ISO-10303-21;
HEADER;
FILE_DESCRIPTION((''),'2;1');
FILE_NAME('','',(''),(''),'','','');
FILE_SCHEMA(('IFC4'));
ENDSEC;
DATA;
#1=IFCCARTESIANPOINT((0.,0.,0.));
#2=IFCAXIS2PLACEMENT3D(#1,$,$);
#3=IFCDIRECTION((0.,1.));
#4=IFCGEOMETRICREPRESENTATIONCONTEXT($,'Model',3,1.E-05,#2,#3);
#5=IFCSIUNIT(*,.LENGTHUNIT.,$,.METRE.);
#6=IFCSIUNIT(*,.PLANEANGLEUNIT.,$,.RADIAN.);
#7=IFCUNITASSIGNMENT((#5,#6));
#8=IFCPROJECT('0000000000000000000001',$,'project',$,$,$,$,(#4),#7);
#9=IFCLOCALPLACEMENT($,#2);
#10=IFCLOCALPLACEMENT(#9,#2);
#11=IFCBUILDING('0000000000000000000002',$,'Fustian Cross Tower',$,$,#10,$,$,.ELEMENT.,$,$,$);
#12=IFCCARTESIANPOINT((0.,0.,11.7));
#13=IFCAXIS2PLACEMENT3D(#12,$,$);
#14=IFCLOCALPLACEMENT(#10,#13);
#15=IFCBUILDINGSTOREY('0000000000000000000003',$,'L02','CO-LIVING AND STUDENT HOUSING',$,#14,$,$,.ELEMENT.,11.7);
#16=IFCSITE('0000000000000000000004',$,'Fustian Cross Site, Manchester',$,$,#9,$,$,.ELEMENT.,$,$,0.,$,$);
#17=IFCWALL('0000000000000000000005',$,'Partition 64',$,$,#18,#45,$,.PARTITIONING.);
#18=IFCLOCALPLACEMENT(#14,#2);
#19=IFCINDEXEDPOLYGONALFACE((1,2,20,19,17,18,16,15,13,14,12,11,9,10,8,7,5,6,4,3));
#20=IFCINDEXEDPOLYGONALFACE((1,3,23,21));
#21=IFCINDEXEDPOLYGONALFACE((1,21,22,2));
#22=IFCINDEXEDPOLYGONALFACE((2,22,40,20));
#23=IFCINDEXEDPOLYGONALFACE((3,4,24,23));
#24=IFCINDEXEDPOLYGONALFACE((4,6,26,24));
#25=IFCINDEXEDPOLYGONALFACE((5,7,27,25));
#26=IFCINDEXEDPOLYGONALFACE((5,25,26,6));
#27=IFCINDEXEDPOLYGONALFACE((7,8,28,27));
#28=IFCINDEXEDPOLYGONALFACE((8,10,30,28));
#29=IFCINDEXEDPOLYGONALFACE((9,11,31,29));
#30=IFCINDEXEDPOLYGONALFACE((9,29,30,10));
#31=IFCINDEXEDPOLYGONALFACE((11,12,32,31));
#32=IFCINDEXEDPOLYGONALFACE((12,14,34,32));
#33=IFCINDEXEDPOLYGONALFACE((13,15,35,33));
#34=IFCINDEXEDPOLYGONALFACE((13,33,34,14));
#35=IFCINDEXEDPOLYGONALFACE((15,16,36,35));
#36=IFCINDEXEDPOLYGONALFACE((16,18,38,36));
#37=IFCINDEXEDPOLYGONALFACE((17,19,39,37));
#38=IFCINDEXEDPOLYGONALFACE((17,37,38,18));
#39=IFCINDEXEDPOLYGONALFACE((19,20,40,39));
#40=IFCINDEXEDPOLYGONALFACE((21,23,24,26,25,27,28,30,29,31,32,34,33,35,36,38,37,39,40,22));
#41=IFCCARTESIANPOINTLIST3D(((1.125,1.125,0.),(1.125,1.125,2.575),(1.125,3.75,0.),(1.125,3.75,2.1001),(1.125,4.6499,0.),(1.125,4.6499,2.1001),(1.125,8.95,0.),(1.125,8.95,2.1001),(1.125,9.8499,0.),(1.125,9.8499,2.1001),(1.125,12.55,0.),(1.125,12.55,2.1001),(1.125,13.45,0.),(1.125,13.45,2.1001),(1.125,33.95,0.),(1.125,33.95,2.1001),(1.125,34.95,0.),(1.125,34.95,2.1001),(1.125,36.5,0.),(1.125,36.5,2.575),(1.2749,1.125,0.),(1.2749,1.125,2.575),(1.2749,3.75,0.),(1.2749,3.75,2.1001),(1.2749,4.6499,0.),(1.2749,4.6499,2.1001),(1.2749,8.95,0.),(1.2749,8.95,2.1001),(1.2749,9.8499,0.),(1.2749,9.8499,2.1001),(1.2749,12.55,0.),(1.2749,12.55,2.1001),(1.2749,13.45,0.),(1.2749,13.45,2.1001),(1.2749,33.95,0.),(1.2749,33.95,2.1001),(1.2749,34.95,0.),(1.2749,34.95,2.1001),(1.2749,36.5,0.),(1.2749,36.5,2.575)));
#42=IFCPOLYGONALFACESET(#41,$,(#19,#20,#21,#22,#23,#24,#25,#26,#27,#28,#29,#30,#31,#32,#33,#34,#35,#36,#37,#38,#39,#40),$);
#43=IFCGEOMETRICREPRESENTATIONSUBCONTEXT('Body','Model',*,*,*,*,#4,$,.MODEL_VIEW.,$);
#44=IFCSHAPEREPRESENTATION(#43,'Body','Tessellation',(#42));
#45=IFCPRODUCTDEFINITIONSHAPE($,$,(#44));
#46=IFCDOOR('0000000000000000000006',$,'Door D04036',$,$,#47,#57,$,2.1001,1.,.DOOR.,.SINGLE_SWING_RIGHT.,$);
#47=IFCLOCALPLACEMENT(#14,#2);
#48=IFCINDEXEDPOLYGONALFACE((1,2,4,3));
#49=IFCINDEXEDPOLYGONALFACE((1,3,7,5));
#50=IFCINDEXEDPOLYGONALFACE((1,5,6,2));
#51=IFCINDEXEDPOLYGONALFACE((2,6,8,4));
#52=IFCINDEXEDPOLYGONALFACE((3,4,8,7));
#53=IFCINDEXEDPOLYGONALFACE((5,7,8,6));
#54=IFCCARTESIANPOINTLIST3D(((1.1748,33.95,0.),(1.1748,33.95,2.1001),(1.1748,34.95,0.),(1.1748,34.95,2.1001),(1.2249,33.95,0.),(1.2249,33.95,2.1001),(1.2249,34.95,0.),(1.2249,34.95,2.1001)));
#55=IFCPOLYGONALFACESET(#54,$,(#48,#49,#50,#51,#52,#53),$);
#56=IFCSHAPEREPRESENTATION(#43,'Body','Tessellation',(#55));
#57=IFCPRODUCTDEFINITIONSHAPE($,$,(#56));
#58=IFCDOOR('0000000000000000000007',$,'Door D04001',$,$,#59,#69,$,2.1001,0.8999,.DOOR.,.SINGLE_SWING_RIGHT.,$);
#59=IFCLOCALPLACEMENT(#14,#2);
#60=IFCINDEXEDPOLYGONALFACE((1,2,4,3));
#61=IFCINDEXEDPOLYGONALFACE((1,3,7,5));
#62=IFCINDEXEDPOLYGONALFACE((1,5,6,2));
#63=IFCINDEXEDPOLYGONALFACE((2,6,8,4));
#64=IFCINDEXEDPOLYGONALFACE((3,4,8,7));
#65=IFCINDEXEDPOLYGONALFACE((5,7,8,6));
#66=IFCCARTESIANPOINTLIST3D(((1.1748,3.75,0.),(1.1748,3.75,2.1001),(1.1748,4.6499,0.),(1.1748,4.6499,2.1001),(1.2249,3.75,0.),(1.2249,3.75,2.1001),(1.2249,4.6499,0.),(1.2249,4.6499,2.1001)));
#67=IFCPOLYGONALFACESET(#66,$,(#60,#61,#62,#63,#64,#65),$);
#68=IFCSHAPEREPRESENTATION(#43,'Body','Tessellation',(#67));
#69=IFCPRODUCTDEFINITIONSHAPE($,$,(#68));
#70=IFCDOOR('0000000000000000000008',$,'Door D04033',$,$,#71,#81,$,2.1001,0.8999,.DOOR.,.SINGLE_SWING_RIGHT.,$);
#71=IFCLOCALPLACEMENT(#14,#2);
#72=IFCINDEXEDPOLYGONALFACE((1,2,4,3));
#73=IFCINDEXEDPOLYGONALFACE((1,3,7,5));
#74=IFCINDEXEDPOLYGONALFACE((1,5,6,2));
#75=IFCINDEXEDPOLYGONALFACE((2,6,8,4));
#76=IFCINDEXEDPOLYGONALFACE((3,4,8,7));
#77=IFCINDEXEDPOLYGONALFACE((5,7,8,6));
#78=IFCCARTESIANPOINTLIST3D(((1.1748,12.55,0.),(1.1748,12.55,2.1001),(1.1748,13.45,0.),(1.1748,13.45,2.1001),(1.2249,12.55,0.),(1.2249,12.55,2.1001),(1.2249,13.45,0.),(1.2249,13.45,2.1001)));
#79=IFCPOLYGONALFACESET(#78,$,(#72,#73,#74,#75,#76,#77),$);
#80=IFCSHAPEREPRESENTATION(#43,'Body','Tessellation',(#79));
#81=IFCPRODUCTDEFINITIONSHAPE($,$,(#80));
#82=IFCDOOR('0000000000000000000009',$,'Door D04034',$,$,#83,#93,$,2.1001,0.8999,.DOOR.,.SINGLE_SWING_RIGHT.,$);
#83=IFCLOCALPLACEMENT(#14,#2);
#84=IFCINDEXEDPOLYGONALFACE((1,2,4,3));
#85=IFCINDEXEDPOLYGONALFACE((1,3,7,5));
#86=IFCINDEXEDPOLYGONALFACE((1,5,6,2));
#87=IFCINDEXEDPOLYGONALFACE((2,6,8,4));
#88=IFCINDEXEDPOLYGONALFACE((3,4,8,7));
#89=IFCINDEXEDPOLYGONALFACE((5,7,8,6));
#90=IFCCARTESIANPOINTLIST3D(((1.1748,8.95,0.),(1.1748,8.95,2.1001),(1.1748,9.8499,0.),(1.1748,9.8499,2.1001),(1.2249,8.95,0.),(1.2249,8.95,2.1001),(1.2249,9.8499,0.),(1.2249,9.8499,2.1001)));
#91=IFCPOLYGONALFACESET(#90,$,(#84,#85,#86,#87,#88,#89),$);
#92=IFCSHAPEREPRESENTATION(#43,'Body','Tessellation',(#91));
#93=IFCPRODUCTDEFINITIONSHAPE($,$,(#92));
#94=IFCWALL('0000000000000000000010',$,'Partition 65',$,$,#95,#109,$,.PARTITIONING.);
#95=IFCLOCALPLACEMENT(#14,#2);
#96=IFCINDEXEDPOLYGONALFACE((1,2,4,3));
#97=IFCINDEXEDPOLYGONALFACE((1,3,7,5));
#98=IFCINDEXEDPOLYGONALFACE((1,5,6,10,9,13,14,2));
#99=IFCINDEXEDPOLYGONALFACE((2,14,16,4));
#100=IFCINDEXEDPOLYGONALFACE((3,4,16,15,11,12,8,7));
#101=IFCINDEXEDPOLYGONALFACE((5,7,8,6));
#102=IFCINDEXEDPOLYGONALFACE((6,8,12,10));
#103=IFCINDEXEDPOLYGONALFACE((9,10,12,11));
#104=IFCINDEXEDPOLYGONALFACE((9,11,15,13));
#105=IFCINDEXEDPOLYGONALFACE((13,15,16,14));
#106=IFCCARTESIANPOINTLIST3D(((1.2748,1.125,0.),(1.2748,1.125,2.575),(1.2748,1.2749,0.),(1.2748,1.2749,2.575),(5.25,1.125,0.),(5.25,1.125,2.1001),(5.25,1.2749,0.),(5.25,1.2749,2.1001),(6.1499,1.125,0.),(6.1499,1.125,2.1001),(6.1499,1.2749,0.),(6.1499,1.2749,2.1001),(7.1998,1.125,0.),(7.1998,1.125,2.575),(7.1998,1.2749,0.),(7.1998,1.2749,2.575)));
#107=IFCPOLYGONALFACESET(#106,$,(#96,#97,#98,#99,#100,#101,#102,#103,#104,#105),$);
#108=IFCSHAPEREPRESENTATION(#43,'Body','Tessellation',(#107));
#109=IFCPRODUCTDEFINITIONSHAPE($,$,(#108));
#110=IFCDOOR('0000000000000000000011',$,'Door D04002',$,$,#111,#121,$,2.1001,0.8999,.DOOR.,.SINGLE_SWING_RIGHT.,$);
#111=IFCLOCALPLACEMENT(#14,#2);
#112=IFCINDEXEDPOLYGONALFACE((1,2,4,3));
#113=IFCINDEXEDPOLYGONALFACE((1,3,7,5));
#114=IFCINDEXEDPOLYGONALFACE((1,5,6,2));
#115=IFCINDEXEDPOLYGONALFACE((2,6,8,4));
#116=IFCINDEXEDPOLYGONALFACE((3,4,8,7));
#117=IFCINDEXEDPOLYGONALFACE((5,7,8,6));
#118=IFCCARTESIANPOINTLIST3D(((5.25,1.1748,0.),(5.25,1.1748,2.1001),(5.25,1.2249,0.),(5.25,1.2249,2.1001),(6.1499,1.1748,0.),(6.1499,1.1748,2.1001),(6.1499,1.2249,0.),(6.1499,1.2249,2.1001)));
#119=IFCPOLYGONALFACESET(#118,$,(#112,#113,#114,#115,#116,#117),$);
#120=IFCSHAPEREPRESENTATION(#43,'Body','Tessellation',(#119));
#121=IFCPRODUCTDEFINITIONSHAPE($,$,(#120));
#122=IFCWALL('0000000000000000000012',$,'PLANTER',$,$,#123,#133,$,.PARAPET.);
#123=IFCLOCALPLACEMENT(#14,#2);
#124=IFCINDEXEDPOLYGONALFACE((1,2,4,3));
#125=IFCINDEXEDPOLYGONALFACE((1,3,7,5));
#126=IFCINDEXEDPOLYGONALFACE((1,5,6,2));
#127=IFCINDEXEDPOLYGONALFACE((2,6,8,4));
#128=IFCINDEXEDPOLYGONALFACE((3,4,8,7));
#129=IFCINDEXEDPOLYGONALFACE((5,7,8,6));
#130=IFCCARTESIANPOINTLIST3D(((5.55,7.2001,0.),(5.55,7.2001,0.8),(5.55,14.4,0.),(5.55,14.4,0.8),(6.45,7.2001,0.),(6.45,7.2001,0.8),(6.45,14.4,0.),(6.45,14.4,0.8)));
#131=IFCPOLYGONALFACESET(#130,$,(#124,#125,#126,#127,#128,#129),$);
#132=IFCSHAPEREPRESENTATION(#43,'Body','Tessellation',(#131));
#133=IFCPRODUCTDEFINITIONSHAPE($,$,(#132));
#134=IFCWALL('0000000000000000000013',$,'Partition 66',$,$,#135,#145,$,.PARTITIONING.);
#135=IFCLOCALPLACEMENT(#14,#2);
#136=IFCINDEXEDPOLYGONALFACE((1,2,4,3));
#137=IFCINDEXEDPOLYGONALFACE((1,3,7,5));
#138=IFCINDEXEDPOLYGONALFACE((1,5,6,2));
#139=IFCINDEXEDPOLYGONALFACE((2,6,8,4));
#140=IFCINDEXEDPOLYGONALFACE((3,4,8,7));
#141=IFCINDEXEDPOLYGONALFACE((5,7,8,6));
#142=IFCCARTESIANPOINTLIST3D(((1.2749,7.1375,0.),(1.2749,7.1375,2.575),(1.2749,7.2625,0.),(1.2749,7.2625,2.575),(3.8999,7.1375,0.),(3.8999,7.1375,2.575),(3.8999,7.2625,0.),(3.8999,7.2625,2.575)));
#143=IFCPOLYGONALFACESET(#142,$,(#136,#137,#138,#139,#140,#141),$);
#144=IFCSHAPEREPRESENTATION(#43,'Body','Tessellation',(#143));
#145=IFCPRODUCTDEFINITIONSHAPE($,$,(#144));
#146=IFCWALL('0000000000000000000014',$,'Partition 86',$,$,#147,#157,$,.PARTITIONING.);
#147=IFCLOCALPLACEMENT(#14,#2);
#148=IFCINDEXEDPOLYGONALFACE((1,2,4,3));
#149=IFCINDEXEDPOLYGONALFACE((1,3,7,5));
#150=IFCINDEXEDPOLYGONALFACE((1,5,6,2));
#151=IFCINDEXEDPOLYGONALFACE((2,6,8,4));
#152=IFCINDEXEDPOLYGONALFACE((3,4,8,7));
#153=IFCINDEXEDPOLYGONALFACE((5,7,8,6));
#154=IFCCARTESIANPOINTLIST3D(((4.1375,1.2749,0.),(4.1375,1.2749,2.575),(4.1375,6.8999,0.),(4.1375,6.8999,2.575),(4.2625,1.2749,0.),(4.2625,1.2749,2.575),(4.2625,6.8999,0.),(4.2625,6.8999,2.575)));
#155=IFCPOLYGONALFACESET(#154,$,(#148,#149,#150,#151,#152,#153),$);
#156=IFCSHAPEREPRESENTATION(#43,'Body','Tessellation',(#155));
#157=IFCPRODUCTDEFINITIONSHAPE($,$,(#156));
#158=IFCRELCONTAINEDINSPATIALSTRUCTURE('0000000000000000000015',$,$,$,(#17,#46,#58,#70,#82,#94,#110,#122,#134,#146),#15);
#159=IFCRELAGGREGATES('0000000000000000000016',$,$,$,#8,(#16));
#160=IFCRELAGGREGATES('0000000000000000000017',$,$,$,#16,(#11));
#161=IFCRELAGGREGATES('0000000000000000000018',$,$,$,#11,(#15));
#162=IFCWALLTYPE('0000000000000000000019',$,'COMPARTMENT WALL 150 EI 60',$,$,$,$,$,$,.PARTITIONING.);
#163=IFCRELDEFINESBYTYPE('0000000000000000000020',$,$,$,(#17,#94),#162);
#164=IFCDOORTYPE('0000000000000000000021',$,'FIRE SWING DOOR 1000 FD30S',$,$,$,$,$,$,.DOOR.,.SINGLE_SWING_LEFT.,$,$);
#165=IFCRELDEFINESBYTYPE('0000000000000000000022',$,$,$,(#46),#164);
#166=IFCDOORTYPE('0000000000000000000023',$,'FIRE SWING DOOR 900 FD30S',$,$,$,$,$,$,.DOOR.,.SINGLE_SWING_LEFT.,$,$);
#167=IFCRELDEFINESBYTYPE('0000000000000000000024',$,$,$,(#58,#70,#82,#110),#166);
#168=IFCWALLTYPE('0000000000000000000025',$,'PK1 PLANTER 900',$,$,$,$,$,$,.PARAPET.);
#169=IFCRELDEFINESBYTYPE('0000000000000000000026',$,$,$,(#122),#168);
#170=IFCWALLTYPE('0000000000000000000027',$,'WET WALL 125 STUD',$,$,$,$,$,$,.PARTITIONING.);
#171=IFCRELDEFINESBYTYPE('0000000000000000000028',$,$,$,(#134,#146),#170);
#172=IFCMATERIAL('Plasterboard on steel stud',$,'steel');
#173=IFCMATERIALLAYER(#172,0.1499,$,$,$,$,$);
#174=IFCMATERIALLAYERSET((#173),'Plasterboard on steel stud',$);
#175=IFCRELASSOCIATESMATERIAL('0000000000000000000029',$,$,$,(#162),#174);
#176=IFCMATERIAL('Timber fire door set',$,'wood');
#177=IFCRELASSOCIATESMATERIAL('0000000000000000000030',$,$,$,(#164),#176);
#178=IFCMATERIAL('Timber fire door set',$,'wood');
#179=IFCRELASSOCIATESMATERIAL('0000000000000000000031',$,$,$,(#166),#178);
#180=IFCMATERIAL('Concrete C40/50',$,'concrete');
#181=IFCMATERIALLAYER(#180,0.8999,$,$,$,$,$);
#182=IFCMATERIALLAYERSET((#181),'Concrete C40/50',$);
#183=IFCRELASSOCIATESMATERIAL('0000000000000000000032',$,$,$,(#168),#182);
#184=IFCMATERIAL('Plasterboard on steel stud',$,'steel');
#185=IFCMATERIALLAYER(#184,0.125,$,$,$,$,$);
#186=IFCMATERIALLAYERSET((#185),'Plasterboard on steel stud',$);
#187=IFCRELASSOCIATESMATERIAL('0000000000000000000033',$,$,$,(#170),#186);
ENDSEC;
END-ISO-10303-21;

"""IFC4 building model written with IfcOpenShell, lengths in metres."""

from ifc_helpers import new_model, si_unit, direction, frame, frame_2d, origin, place, context, subcontext, project, spatial, rectangle, extrude, material, layer, layer_set, type_object, element, fill, save


model = new_model("IFC4")

# Units and contexts
model_context = context("Model", 3, precision=1e-05, world=origin(), true_north=direction((0.0, 1.0)))
body_context = subcontext(model_context, "Body", "Model", "MODEL_VIEW")
ifc_project = project(units=[si_unit("LENGTHUNIT", "METRE"), si_unit("PLANEANGLEUNIT", "RADIAN")], contexts=[model_context])

# Site, building, storey
site_placement = place(None, origin())
site = spatial("IfcSite", under=ifc_project, at=site_placement, Name="Fustian Cross Site, Manchester", CompositionType="ELEMENT", RefElevation=0.0)
building_placement = place(site_placement, origin())
building = spatial("IfcBuilding", under=site, at=building_placement, Name="Fustian Cross Tower", CompositionType="ELEMENT")
storey_placement = place(building_placement, frame((0.0, 0.0, 11.7)))
storey = spatial("IfcBuildingStorey", under=building, at=storey_placement, Name="L02", Description="CO-LIVING AND STUDENT HOUSING", CompositionType="ELEMENT", Elevation=11.7)

# Wall, openings, doors
ifc_material_1 = material(Name="Plasterboard on steel stud", Category="steel")
ifc_layer_1 = layer(ifc_material_1, 0.1499)
ifc_layer_set_1 = layer_set([ifc_layer_1], Name="Plasterboard on steel stud")
wall_type_1 = type_object("IfcWallType", Name="COMPARTMENT WALL 150 EI 60", PredefinedType="PARTITIONING", material=ifc_layer_set_1)
wall_1_placement = place(storey_placement, frame((1.2, 1.125, 0.0), z_axis=(0.0, 0.0, 1.0), x_axis=(0.0, 1.0, 0.0)))
wall_1 = element("IfcWall", 1, at=wall_1_placement, inside=storey, type_object=wall_type_1, Name="Partition 64", PredefinedType="PARTITIONING", context=body_context, shape_type="SweptSolid", body=[
    extrude(rectangle(XDim=35.375, YDim=0.1499, at=frame_2d((17.6875, 0.0))), origin(), (0.0, 0.0, 1.0), 2.575),
])
opening_1_placement = place(wall_1_placement, frame((2.625, 0.0, 0.0)))
opening_1 = element("IfcOpeningElement", 2, at=opening_1_placement, cuts=wall_1, PredefinedType="OPENING", context=body_context, shape_type="SweptSolid", body=[
    extrude(rectangle(XDim=0.8999, YDim=2.1001, at=frame_2d((0.45, 1.05))), frame((0.0, 0.085, 0.0), z_axis=(0.0, -1.0, 0.0), x_axis=(1.0, 0.0, 0.0)), (0.0, 0.0, 1.0), 0.1699),
])
opening_2_placement = place(wall_1_placement, frame((11.425, 0.0, 0.0)))
opening_2 = element("IfcOpeningElement", 3, at=opening_2_placement, cuts=wall_1, PredefinedType="OPENING", context=body_context, shape_type="SweptSolid", body=[
    extrude(rectangle(XDim=0.8999, YDim=2.1001, at=frame_2d((0.45, 1.05))), frame((0.0, 0.085, 0.0), z_axis=(0.0, -1.0, 0.0), x_axis=(1.0, 0.0, 0.0)), (0.0, 0.0, 1.0), 0.1699),
])
opening_3_placement = place(wall_1_placement, frame((7.825, 0.0, 0.0)))
opening_3 = element("IfcOpeningElement", 4, at=opening_3_placement, cuts=wall_1, PredefinedType="OPENING", context=body_context, shape_type="SweptSolid", body=[
    extrude(rectangle(XDim=0.8999, YDim=2.1001, at=frame_2d((0.45, 1.05))), frame((0.0, 0.085, 0.0), z_axis=(0.0, -1.0, 0.0), x_axis=(1.0, 0.0, 0.0)), (0.0, 0.0, 1.0), 0.1699),
])
opening_4_placement = place(wall_1_placement, frame((32.825, 0.0, 0.0)))
opening_4 = element("IfcOpeningElement", 5, at=opening_4_placement, cuts=wall_1, PredefinedType="OPENING", context=body_context, shape_type="SweptSolid", body=[
    extrude(rectangle(XDim=1.0, YDim=2.1001, at=frame_2d((0.5, 1.05))), frame((0.0, 0.085, 0.0), z_axis=(0.0, -1.0, 0.0), x_axis=(1.0, 0.0, 0.0)), (0.0, 0.0, 1.0), 0.1699),
])
ifc_material_2 = material(Name="Timber fire door set", Category="wood")
door_type_1 = type_object("IfcDoorType", Name="FIRE SWING DOOR 1000 FD30S", OperationType="SINGLE_SWING_LEFT", PredefinedType="DOOR", material=ifc_material_2)
door_1_placement = place(opening_4_placement, frame((1.0, 0.0, 0.0), z_axis=(0.0, 0.0, 1.0), x_axis=(-1.0, 0.0, 0.0)))
door_1 = element("IfcDoor", 6, at=door_1_placement, inside=storey, type_object=door_type_1, Name="Door D04036", OperationType="SINGLE_SWING_RIGHT", OverallHeight=2.1001, OverallWidth=1.0, PredefinedType="DOOR", context=body_context, shape_type="SweptSolid", body=[
    extrude(rectangle(XDim=1.0, YDim=2.1001, at=frame_2d((0.5, 1.05))), frame((0.0, 0.0249, 0.0), z_axis=(0.0, -1.0, 0.0), x_axis=(1.0, 0.0, 0.0)), (0.0, 0.0, 1.0), 0.05),
])
fill(opening_4, door_1)
ifc_material_3 = material(Name="Timber fire door set", Category="wood")
door_type_2 = type_object("IfcDoorType", Name="FIRE SWING DOOR 900 FD30S", OperationType="SINGLE_SWING_LEFT", PredefinedType="DOOR", material=ifc_material_3)
door_2_placement = place(opening_1_placement, frame((0.8999, 0.0, 0.0), z_axis=(0.0, 0.0, 1.0), x_axis=(-1.0, 0.0, 0.0)))
door_2 = element("IfcDoor", 7, at=door_2_placement, inside=storey, type_object=door_type_2, Name="Door D04001", OperationType="SINGLE_SWING_RIGHT", OverallHeight=2.1001, OverallWidth=0.8999, PredefinedType="DOOR", context=body_context, shape_type="SweptSolid", body=[
    extrude(rectangle(XDim=0.8999, YDim=2.1001, at=frame_2d((0.45, 1.05))), frame((0.0, 0.0249, 0.0), z_axis=(0.0, -1.0, 0.0), x_axis=(1.0, 0.0, 0.0)), (0.0, 0.0, 1.0), 0.05),
])
fill(opening_1, door_2)
door_3_placement = place(opening_2_placement, frame((0.8999, 0.0, 0.0), z_axis=(0.0, 0.0, 1.0), x_axis=(-1.0, 0.0, 0.0)))
door_3 = element("IfcDoor", 8, at=door_3_placement, inside=storey, type_object=door_type_2, Name="Door D04033", OperationType="SINGLE_SWING_RIGHT", OverallHeight=2.1001, OverallWidth=0.8999, PredefinedType="DOOR", context=body_context, shape_type="SweptSolid", body=[
    extrude(rectangle(XDim=0.8999, YDim=2.1001, at=frame_2d((0.45, 1.05))), frame((0.0, 0.0249, 0.0), z_axis=(0.0, -1.0, 0.0), x_axis=(1.0, 0.0, 0.0)), (0.0, 0.0, 1.0), 0.05),
])
fill(opening_2, door_3)
door_4_placement = place(opening_3_placement, frame((0.8999, 0.0, 0.0), z_axis=(0.0, 0.0, 1.0), x_axis=(-1.0, 0.0, 0.0)))
door_4 = element("IfcDoor", 9, at=door_4_placement, inside=storey, type_object=door_type_2, Name="Door D04034", OperationType="SINGLE_SWING_RIGHT", OverallHeight=2.1001, OverallWidth=0.8999, PredefinedType="DOOR", context=body_context, shape_type="SweptSolid", body=[
    extrude(rectangle(XDim=0.8999, YDim=2.1001, at=frame_2d((0.45, 1.05))), frame((0.0, 0.0249, 0.0), z_axis=(0.0, -1.0, 0.0), x_axis=(1.0, 0.0, 0.0)), (0.0, 0.0, 1.0), 0.05),
])
fill(opening_3, door_4)

# Wall, opening, door
wall_2_placement = place(storey_placement, frame((1.2749, 1.2, 0.0), z_axis=(0.0, 0.0, 1.0), x_axis=(1.0, 0.0, 0.0)))
wall_2 = element("IfcWall", 10, at=wall_2_placement, inside=storey, type_object=wall_type_1, Name="Partition 65", PredefinedType="PARTITIONING", context=body_context, shape_type="SweptSolid", body=[
    extrude(rectangle(XDim=5.925, YDim=0.1499, at=frame_2d((2.9624, 0.0))), origin(), (0.0, 0.0, 1.0), 2.575),
])
opening_5_placement = place(wall_2_placement, frame((3.9751, 0.0, 0.0)))
opening_5 = element("IfcOpeningElement", 11, at=opening_5_placement, cuts=wall_2, PredefinedType="OPENING", context=body_context, shape_type="SweptSolid", body=[
    extrude(rectangle(XDim=0.8999, YDim=2.1001, at=frame_2d((0.45, 1.05))), frame((0.0, 0.085, 0.0), z_axis=(0.0, -1.0, 0.0), x_axis=(1.0, 0.0, 0.0)), (0.0, 0.0, 1.0), 0.1699),
])
door_5_placement = place(opening_5_placement, origin())
door_5 = element("IfcDoor", 12, at=door_5_placement, inside=storey, type_object=door_type_2, Name="Door D04002", OperationType="SINGLE_SWING_RIGHT", OverallHeight=2.1001, OverallWidth=0.8999, PredefinedType="DOOR", context=body_context, shape_type="SweptSolid", body=[
    extrude(rectangle(XDim=0.8999, YDim=2.1001, at=frame_2d((0.45, 1.05))), frame((0.0, 0.0249, 0.0), z_axis=(0.0, -1.0, 0.0), x_axis=(1.0, 0.0, 0.0)), (0.0, 0.0, 1.0), 0.05),
])
fill(opening_5, door_5)

# Walls
ifc_material_4 = material(Name="Concrete C40/50", Category="concrete")
ifc_layer_2 = layer(ifc_material_4, 0.8999)
ifc_layer_set_2 = layer_set([ifc_layer_2], Name="Concrete C40/50")
wall_type_2 = type_object("IfcWallType", Name="PK1 PLANTER 900", PredefinedType="PARAPET", material=ifc_layer_set_2)
wall_3_placement = place(storey_placement, frame((6.0, 7.2, 0.0), z_axis=(0.0, 0.0, 1.0), x_axis=(0.0, 1.0, 0.0)))
element("IfcWall", 13, at=wall_3_placement, inside=storey, type_object=wall_type_2, Name="PLANTER", PredefinedType="PARAPET", context=body_context, shape_type="SweptSolid", body=[
    extrude(rectangle(XDim=7.2, YDim=0.8999, at=frame_2d((3.6001, 0.0))), origin(), (0.0, 0.0, 1.0), 0.8),
])
ifc_material_5 = material(Name="Plasterboard on steel stud", Category="steel")
ifc_layer_3 = layer(ifc_material_5, 0.125)
ifc_layer_set_3 = layer_set([ifc_layer_3], Name="Plasterboard on steel stud")
wall_type_3 = type_object("IfcWallType", Name="WET WALL 125 STUD", PredefinedType="PARTITIONING", material=ifc_layer_set_3)
wall_4_placement = place(storey_placement, frame((1.2749, 7.2, 0.0), z_axis=(0.0, 0.0, 1.0), x_axis=(1.0, 0.0, 0.0)))
element("IfcWall", 14, at=wall_4_placement, inside=storey, type_object=wall_type_3, Name="Partition 66", PredefinedType="PARTITIONING", context=body_context, shape_type="SweptSolid", body=[
    extrude(rectangle(XDim=2.625, YDim=0.125, at=frame_2d((1.3125, 0.0))), origin(), (0.0, 0.0, 1.0), 2.575),
])
wall_5_placement = place(storey_placement, frame((4.2, 1.2749, 0.0), z_axis=(0.0, 0.0, 1.0), x_axis=(0.0, 1.0, 0.0)))
element("IfcWall", 15, at=wall_5_placement, inside=storey, type_object=wall_type_3, Name="Partition 86", PredefinedType="PARTITIONING", context=body_context, shape_type="SweptSolid", body=[
    extrude(rectangle(XDim=5.625, YDim=0.125, at=frame_2d((2.8125, 0.0))), origin(), (0.0, 0.0, 1.0), 2.575),
])

save(model, "model.ifc")
